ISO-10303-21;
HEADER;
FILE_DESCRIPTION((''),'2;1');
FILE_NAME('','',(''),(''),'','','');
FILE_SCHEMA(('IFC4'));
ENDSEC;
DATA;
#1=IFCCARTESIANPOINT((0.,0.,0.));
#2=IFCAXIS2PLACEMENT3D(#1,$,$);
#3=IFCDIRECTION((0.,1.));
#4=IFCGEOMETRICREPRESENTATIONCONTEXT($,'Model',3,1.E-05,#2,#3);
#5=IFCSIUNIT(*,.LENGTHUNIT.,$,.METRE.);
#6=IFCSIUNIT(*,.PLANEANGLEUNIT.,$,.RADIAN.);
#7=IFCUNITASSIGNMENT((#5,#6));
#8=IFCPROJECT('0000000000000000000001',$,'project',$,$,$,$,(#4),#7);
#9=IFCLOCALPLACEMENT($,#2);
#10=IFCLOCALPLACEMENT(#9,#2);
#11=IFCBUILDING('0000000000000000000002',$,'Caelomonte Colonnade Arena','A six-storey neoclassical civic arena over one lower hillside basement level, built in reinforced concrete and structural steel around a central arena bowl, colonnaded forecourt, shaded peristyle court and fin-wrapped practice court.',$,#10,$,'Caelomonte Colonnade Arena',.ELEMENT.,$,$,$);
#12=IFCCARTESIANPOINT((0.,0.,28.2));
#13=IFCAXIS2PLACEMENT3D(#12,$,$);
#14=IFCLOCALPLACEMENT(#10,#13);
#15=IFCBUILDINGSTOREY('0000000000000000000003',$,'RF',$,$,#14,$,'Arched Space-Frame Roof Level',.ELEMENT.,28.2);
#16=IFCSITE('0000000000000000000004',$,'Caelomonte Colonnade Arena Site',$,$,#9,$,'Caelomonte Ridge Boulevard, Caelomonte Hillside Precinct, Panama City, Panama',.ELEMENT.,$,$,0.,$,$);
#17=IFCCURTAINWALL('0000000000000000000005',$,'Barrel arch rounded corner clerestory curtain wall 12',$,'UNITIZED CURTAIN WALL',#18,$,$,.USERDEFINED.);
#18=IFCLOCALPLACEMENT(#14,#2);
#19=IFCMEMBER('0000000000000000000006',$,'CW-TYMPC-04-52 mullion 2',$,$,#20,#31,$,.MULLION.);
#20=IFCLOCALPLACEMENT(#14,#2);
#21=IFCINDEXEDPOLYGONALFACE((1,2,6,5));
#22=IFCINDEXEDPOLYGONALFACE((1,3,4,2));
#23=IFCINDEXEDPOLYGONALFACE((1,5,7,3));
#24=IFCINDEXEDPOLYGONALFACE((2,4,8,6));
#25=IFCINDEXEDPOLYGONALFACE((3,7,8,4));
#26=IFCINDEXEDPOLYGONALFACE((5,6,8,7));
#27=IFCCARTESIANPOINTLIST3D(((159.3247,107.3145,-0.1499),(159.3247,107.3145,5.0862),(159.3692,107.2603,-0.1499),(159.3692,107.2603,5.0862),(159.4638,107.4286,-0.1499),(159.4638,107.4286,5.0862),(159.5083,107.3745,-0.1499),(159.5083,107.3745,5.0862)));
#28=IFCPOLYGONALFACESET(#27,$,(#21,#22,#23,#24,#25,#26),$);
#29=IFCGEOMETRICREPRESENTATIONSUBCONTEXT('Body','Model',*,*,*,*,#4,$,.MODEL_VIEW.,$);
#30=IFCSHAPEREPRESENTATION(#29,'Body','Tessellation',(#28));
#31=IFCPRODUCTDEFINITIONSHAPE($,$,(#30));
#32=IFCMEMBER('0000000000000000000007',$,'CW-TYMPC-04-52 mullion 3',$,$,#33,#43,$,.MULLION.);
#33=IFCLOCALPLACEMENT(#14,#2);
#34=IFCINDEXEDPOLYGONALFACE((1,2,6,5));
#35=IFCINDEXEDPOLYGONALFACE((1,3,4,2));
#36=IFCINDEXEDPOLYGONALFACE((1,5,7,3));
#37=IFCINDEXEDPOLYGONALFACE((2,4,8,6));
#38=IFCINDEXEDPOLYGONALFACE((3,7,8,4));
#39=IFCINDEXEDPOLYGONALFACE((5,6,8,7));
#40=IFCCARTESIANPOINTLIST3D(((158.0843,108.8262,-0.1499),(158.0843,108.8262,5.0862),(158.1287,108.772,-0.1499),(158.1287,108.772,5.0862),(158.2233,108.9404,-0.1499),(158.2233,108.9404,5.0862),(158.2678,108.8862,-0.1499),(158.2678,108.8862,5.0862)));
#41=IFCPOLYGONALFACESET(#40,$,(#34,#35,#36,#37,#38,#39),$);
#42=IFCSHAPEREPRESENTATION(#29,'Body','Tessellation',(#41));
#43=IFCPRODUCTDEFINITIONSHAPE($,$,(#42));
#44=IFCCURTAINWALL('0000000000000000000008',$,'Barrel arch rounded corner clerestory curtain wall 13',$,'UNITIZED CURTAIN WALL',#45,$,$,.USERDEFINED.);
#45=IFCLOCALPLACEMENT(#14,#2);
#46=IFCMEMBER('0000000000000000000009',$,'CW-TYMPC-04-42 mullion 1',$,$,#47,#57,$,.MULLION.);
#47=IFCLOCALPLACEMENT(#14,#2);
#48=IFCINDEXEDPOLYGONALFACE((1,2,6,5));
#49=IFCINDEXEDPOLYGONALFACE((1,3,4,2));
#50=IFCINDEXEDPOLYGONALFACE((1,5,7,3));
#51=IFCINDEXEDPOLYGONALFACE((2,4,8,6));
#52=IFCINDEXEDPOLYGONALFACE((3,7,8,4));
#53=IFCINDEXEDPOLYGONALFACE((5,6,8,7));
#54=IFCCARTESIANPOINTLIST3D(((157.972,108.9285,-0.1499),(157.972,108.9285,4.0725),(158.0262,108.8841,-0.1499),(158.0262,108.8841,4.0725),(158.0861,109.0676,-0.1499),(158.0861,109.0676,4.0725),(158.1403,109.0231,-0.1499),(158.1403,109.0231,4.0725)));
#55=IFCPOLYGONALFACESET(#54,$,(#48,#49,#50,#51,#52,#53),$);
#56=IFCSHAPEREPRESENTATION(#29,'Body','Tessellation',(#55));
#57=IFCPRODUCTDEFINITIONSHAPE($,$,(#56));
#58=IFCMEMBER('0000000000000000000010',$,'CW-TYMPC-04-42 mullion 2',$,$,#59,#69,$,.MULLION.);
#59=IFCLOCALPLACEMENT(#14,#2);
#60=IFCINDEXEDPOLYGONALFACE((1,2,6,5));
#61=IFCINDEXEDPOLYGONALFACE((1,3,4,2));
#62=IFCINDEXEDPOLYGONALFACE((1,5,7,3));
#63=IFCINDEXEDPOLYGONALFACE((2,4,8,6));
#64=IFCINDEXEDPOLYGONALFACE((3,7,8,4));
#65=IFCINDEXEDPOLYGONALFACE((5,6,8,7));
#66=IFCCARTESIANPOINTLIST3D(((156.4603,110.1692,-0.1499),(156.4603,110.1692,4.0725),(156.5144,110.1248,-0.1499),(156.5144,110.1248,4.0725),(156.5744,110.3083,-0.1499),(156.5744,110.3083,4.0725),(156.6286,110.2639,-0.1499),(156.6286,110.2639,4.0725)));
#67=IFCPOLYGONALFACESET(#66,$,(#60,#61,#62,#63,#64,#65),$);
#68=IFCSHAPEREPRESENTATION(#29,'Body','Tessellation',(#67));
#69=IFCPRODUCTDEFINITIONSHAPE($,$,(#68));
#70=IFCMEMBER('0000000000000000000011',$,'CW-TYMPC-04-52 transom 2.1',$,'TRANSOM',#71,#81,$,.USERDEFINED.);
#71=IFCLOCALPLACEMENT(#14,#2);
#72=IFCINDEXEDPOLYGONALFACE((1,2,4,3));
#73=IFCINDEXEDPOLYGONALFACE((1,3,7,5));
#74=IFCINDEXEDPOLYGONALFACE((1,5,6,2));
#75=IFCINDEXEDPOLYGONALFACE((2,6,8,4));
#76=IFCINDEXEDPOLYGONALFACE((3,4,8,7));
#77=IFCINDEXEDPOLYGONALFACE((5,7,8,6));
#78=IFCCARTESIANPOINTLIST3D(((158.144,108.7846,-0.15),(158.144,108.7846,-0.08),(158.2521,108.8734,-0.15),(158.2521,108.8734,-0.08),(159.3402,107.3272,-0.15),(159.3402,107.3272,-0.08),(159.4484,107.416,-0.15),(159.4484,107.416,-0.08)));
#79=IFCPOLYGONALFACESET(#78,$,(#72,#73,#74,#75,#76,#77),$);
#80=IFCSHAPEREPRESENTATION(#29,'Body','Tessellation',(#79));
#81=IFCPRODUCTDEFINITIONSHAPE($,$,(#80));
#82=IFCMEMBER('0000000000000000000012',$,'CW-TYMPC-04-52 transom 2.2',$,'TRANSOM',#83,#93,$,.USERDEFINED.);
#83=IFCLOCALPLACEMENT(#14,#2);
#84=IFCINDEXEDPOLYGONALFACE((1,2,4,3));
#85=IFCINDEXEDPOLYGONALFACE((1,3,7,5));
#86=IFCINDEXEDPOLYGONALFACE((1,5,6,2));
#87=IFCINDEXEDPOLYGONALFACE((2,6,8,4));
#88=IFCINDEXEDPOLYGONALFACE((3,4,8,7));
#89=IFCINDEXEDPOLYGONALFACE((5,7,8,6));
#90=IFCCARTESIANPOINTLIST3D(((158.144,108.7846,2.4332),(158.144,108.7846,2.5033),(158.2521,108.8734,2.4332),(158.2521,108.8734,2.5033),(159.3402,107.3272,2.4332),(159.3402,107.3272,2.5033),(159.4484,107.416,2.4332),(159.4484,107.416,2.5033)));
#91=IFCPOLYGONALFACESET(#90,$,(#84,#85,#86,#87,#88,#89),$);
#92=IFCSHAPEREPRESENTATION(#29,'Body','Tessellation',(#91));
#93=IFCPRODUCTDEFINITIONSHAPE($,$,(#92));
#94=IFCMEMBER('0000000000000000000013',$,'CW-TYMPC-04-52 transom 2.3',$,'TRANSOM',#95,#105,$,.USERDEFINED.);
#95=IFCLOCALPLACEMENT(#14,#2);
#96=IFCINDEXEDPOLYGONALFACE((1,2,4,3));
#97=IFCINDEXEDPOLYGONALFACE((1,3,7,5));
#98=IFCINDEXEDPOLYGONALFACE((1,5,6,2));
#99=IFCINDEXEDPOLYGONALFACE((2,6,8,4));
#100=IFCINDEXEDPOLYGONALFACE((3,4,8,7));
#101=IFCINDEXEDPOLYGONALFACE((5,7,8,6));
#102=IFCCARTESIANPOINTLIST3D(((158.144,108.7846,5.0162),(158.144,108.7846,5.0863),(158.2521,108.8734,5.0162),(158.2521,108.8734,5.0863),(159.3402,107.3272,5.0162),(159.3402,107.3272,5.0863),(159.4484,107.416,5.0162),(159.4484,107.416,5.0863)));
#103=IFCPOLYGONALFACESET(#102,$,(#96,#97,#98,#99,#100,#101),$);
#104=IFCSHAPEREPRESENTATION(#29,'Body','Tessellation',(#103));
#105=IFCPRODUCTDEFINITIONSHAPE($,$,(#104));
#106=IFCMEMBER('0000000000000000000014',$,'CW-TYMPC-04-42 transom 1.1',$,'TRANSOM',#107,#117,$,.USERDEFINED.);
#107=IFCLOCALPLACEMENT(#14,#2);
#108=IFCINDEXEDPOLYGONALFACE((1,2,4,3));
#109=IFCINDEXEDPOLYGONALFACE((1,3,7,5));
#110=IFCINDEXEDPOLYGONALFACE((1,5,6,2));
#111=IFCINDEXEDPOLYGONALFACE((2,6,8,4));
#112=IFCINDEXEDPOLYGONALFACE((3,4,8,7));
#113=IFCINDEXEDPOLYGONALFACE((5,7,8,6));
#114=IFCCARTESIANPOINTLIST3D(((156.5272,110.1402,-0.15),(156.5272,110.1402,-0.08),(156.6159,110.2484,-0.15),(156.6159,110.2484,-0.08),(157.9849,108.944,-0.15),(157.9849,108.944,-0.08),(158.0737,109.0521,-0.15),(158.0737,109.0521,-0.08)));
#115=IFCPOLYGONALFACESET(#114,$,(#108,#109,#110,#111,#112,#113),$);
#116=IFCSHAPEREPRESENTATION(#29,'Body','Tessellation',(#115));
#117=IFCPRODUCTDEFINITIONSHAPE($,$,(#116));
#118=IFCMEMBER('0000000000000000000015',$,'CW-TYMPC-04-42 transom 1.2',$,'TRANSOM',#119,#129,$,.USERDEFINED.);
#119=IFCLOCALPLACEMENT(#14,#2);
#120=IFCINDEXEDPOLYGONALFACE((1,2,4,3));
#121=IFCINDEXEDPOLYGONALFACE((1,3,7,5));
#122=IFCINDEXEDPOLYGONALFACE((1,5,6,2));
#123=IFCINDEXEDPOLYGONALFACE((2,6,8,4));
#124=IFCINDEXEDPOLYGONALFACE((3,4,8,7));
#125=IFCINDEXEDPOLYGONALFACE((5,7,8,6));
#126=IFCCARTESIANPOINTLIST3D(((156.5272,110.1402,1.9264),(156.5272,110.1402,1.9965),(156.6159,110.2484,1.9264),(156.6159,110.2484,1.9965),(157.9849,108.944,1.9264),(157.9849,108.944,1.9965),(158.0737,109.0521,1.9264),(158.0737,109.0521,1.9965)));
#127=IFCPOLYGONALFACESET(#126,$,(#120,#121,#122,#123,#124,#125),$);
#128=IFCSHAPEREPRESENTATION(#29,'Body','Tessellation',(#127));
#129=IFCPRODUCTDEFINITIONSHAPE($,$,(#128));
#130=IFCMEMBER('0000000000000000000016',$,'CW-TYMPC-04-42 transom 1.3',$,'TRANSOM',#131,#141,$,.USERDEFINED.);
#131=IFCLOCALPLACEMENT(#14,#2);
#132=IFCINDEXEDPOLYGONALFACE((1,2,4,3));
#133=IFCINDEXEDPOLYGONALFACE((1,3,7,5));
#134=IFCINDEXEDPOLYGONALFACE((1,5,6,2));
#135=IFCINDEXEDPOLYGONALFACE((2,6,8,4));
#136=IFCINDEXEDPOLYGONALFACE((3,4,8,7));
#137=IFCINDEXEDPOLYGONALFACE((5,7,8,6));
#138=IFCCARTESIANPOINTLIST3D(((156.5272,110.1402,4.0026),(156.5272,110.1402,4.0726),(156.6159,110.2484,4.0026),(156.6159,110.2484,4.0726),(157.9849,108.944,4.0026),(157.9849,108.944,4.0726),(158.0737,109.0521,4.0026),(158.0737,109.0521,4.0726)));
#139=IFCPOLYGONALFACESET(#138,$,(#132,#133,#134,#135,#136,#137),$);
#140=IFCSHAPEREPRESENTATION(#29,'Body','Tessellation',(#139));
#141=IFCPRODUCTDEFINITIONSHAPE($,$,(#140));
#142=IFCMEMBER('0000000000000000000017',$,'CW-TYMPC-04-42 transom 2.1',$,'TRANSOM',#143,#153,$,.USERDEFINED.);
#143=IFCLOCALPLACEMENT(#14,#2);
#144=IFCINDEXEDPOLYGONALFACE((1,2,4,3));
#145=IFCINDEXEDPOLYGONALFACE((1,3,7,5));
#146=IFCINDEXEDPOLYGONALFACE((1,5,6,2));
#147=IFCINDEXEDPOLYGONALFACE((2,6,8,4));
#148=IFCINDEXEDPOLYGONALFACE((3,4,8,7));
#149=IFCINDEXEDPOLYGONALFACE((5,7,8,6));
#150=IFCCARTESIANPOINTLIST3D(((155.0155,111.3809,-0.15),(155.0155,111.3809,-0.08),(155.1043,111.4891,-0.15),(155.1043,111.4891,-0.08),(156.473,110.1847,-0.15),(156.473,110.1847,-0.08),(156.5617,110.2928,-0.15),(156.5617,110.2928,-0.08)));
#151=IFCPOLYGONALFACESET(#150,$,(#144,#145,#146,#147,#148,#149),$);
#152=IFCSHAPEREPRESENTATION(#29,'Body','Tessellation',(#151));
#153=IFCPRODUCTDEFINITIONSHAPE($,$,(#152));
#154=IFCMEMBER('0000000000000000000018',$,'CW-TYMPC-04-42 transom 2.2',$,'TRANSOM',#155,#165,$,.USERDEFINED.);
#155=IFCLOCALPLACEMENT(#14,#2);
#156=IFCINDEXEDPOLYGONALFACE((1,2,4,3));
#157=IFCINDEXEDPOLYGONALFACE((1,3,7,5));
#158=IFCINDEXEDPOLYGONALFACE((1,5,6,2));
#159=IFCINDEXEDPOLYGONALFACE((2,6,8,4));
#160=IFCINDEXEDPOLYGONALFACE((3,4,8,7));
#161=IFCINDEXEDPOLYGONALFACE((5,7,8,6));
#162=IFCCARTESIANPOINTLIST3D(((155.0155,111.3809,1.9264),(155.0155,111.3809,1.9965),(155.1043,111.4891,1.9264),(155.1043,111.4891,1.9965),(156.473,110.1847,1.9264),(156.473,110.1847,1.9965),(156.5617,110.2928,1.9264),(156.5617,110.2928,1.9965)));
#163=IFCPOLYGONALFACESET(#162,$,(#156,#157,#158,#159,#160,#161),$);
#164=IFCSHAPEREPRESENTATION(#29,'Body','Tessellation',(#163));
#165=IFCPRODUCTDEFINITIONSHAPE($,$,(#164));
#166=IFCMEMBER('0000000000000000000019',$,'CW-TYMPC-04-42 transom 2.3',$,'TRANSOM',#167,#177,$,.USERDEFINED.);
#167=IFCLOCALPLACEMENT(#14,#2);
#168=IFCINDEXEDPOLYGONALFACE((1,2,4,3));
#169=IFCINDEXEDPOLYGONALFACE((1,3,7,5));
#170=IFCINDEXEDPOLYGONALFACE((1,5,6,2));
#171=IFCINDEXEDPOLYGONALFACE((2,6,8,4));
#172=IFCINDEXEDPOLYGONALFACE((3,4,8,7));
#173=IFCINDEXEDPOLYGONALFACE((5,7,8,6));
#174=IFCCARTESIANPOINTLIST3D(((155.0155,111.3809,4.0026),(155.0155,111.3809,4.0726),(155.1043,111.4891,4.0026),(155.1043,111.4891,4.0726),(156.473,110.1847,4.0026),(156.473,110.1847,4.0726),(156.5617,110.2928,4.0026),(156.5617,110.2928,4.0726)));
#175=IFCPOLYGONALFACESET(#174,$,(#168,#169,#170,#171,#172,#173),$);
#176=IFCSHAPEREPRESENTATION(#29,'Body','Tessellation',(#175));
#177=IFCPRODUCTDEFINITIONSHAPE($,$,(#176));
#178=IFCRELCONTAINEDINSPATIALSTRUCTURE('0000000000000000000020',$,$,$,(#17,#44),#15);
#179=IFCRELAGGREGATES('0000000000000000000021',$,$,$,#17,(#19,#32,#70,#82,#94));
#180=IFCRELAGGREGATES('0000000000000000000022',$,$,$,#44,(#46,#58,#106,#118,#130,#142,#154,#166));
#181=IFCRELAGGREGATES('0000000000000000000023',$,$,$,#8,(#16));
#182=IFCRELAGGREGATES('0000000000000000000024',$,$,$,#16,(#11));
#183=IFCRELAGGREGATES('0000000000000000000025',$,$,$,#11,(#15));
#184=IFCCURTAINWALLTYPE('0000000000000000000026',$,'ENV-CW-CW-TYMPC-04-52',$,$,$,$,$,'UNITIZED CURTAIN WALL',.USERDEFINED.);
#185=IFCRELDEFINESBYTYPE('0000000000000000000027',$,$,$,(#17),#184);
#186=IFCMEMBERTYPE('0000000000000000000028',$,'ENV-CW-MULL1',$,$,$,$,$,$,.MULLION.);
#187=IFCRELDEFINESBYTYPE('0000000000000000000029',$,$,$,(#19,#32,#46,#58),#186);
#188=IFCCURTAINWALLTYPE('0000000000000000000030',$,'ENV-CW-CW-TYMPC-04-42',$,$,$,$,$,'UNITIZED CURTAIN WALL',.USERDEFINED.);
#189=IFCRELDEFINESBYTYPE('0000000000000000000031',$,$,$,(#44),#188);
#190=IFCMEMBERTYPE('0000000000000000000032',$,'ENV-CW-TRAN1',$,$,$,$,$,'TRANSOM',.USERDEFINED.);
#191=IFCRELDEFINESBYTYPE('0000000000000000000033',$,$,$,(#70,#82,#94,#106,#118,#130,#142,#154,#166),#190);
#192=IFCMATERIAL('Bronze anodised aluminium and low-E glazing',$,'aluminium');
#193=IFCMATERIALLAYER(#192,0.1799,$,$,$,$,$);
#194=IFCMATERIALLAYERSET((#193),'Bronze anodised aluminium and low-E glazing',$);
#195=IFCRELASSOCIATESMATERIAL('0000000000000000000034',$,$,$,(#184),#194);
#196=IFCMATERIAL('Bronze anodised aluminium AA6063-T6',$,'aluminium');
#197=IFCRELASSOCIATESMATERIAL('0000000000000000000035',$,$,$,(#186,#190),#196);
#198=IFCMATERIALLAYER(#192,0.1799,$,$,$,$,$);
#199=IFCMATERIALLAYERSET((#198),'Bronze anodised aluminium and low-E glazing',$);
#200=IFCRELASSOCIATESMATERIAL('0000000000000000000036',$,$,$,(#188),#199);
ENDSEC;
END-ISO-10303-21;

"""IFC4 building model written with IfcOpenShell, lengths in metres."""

from ifc_helpers import new_model, si_unit, direction, frame, origin, origin_2d, place, context, subcontext, project, spatial, rectangle, extrude, material, layer, layer_set, material_profile, profile_set, type_object, element, aggregate, save


model = new_model("IFC4")

# Units and contexts
model_context = context("Model", 3, precision=1e-05, world=origin(), true_north=direction((0.0, 1.0)))
body_context = subcontext(model_context, "Body", "Model", "MODEL_VIEW")
ifc_project = project(units=[si_unit("LENGTHUNIT", "METRE"), si_unit("PLANEANGLEUNIT", "RADIAN")], contexts=[model_context])

# Site, building, storey
site_placement = place(None, origin())
site = spatial("IfcSite", under=ifc_project, at=site_placement, Name="Caelomonte Colonnade Arena Site", LongName="Caelomonte Ridge Boulevard, Caelomonte Hillside Precinct, Panama City, Panama", CompositionType="ELEMENT", RefElevation=0.0)
building_placement = place(site_placement, origin())
building = spatial("IfcBuilding", under=site, at=building_placement, Name="Caelomonte Colonnade Arena", Description="A six-storey neoclassical civic arena over one lower hillside basement level, built in reinforced concrete and structural steel around a central arena bowl, colonnaded forecourt, shaded peristyle court and fin-wrapped practice court.", LongName="Caelomonte Colonnade Arena", CompositionType="ELEMENT")
storey_placement = place(building_placement, frame((0.0, 0.0, 28.2)))
storey = spatial("IfcBuildingStorey", under=building, at=storey_placement, Name="RF", LongName="Arched Space-Frame Roof Level", CompositionType="ELEMENT", Elevation=28.2)

# Curtain walls, members
ifc_material_1 = material(Name="Bronze anodised aluminium and low-E glazing", Category="aluminium")
ifc_layer_1 = layer(ifc_material_1, 0.1799)
ifc_layer_set_1 = layer_set([ifc_layer_1], Name="Bronze anodised aluminium and low-E glazing")
curtain_wall_type_1 = type_object("IfcCurtainWallType", Name="ENV-CW-CW-TYMPC-04-52", ElementType="UNITIZED CURTAIN WALL", PredefinedType="USERDEFINED", material=ifc_layer_set_1)
curtain_wall_1_placement = place(storey_placement, origin())
curtain_wall_1 = element("IfcCurtainWall", 1, at=curtain_wall_1_placement, inside=storey, type_object=curtain_wall_type_1, Name="Barrel arch rounded corner clerestory curtain wall 12", ObjectType="UNITIZED CURTAIN WALL", PredefinedType="USERDEFINED")
ifc_material_2 = material(Name="Bronze anodised aluminium AA6063-T6", Category="aluminium")
ifc_material_profile_1 = material_profile(ifc_material_2, rectangle(XDim=0.0701, YDim=0.1799, at=origin_2d()), Name="CWM-70X180")
ifc_profile_set_1 = profile_set([ifc_material_profile_1], Name="Bronze anodised aluminium AA6063-T6")
member_type_1 = type_object("IfcMemberType", Name="ENV-CW-MULL1", PredefinedType="MULLION", material=ifc_profile_set_1)
member_1_placement = place(storey_placement, frame((159.4165, 107.3445, -0.1499), z_axis=(0.0, 0.0, 1.0), x_axis=(-0.634405, 0.773001, 0.0)))
member_1 = element("IfcMember", 2, at=member_1_placement, type_object=member_type_1, Name="CW-TYMPC-04-52 mullion 2", PredefinedType="MULLION", context=body_context, shape_type="SweptSolid", body=[
    extrude(rectangle(XDim=0.0701, YDim=0.1799, at=origin_2d()), origin(), (0.0, 0.0, 1.0), 5.2361),
])
member_2_placement = place(storey_placement, frame((158.176, 108.8562, -0.1499), z_axis=(0.0, 0.0, 1.0), x_axis=(-0.634405, 0.773001, 0.0)))
member_2 = element("IfcMember", 3, at=member_2_placement, type_object=member_type_1, Name="CW-TYMPC-04-52 mullion 3", PredefinedType="MULLION", context=body_context, shape_type="SweptSolid", body=[
    extrude(rectangle(XDim=0.0701, YDim=0.1799, at=origin_2d()), origin(), (0.0, 0.0, 1.0), 5.2361),
])
ifc_layer_2 = layer(ifc_material_1, 0.1799)
ifc_layer_set_2 = layer_set([ifc_layer_2], Name="Bronze anodised aluminium and low-E glazing")
curtain_wall_type_2 = type_object("IfcCurtainWallType", Name="ENV-CW-CW-TYMPC-04-42", ElementType="UNITIZED CURTAIN WALL", PredefinedType="USERDEFINED", material=ifc_layer_set_2)
curtain_wall_2_placement = place(storey_placement, origin())
curtain_wall_2 = element("IfcCurtainWall", 4, at=curtain_wall_2_placement, inside=storey, type_object=curtain_wall_type_2, Name="Barrel arch rounded corner clerestory curtain wall 13", ObjectType="UNITIZED CURTAIN WALL", PredefinedType="USERDEFINED")
member_3_placement = place(storey_placement, frame((158.0562, 108.9758, -0.1499), z_axis=(0.0, 0.0, 1.0), x_axis=(-0.773001, 0.634405, 0.0)))
member_3 = element("IfcMember", 5, at=member_3_placement, type_object=member_type_1, Name="CW-TYMPC-04-42 mullion 1", PredefinedType="MULLION", context=body_context, shape_type="SweptSolid", body=[
    extrude(rectangle(XDim=0.0701, YDim=0.1799, at=origin_2d()), origin(), (0.0, 0.0, 1.0), 4.2224),
])
member_4_placement = place(storey_placement, frame((156.5444, 110.2166, -0.1499), z_axis=(0.0, 0.0, 1.0), x_axis=(-0.773001, 0.634405, 0.0)))
member_4 = element("IfcMember", 6, at=member_4_placement, type_object=member_type_1, Name="CW-TYMPC-04-42 mullion 2", PredefinedType="MULLION", context=body_context, shape_type="SweptSolid", body=[
    extrude(rectangle(XDim=0.0701, YDim=0.1799, at=origin_2d()), origin(), (0.0, 0.0, 1.0), 4.2224),
])

# Members
ifc_material_profile_2 = material_profile(ifc_material_2, rectangle(XDim=0.0701, YDim=0.1399, at=origin_2d()), Name="CWT-70X140")
ifc_profile_set_2 = profile_set([ifc_material_profile_2], Name="Bronze anodised aluminium AA6063-T6")
member_type_2 = type_object("IfcMemberType", Name="ENV-CW-TRAN1", ElementType="TRANSOM", PredefinedType="USERDEFINED", material=ifc_profile_set_2)
member_5_placement = place(storey_placement, frame((159.3943, 107.3716, -0.115), z_axis=(-0.634436, 0.772976, 0.0), x_axis=(0.0, 0.0, 1.0)))
member_5 = element("IfcMember", 7, at=member_5_placement, type_object=member_type_2, Name="CW-TYMPC-04-52 transom 2.1", ObjectType="TRANSOM", PredefinedType="USERDEFINED", context=body_context, shape_type="SweptSolid", body=[
    extrude(rectangle(XDim=0.0701, YDim=0.1399, at=origin_2d()), origin(), (0.0, 0.0, 1.0), 1.8855),
])
member_6_placement = place(storey_placement, frame((159.3943, 107.3716, 2.4683), z_axis=(-0.634436, 0.772976, 0.0), x_axis=(0.0, 0.0, 1.0)))
member_6 = element("IfcMember", 8, at=member_6_placement, type_object=member_type_2, Name="CW-TYMPC-04-52 transom 2.2", ObjectType="TRANSOM", PredefinedType="USERDEFINED", context=body_context, shape_type="SweptSolid", body=[
    extrude(rectangle(XDim=0.0701, YDim=0.1399, at=origin_2d()), origin(), (0.0, 0.0, 1.0), 1.8855),
])
member_7_placement = place(storey_placement, frame((159.3943, 107.3716, 5.0513), z_axis=(-0.634436, 0.772976, 0.0), x_axis=(0.0, 0.0, 1.0)))
member_7 = element("IfcMember", 9, at=member_7_placement, type_object=member_type_2, Name="CW-TYMPC-04-52 transom 2.3", ObjectType="TRANSOM", PredefinedType="USERDEFINED", context=body_context, shape_type="SweptSolid", body=[
    extrude(rectangle(XDim=0.0701, YDim=0.1399, at=origin_2d()), origin(), (0.0, 0.0, 1.0), 1.8855),
])
member_8_placement = place(storey_placement, frame((158.0293, 108.998, -0.115), z_axis=(-0.773028, 0.634372, 0.0), x_axis=(0.0, 0.0, 1.0)))
member_8 = element("IfcMember", 10, at=member_8_placement, type_object=member_type_2, Name="CW-TYMPC-04-42 transom 1.1", ObjectType="TRANSOM", PredefinedType="USERDEFINED", context=body_context, shape_type="SweptSolid", body=[
    extrude(rectangle(XDim=0.0701, YDim=0.1399, at=origin_2d()), origin(), (0.0, 0.0, 1.0), 1.8857),
])
member_9_placement = place(storey_placement, frame((158.0293, 108.998, 1.9614), z_axis=(-0.773028, 0.634372, 0.0), x_axis=(0.0, 0.0, 1.0)))
member_9 = element("IfcMember", 11, at=member_9_placement, type_object=member_type_2, Name="CW-TYMPC-04-42 transom 1.2", ObjectType="TRANSOM", PredefinedType="USERDEFINED", context=body_context, shape_type="SweptSolid", body=[
    extrude(rectangle(XDim=0.0701, YDim=0.1399, at=origin_2d()), origin(), (0.0, 0.0, 1.0), 1.8857),
])
member_10_placement = place(storey_placement, frame((158.0293, 108.998, 4.0376), z_axis=(-0.773028, 0.634372, 0.0), x_axis=(0.0, 0.0, 1.0)))
member_10 = element("IfcMember", 12, at=member_10_placement, type_object=member_type_2, Name="CW-TYMPC-04-42 transom 1.3", ObjectType="TRANSOM", PredefinedType="USERDEFINED", context=body_context, shape_type="SweptSolid", body=[
    extrude(rectangle(XDim=0.0701, YDim=0.1399, at=origin_2d()), origin(), (0.0, 0.0, 1.0), 1.8857),
])
member_11_placement = place(storey_placement, frame((156.5173, 110.2388, -0.115), z_axis=(-0.772976, 0.634436, 0.0), x_axis=(0.0, 0.0, 1.0)))
member_11 = element("IfcMember", 13, at=member_11_placement, type_object=member_type_2, Name="CW-TYMPC-04-42 transom 2.1", ObjectType="TRANSOM", PredefinedType="USERDEFINED", context=body_context, shape_type="SweptSolid", body=[
    extrude(rectangle(XDim=0.0701, YDim=0.1399, at=origin_2d()), origin(), (0.0, 0.0, 1.0), 1.8855),
])
member_12_placement = place(storey_placement, frame((156.5173, 110.2388, 1.9614), z_axis=(-0.772976, 0.634436, 0.0), x_axis=(0.0, 0.0, 1.0)))
member_12 = element("IfcMember", 14, at=member_12_placement, type_object=member_type_2, Name="CW-TYMPC-04-42 transom 2.2", ObjectType="TRANSOM", PredefinedType="USERDEFINED", context=body_context, shape_type="SweptSolid", body=[
    extrude(rectangle(XDim=0.0701, YDim=0.1399, at=origin_2d()), origin(), (0.0, 0.0, 1.0), 1.8855),
])
member_13_placement = place(storey_placement, frame((156.5173, 110.2388, 4.0376), z_axis=(-0.772976, 0.634436, 0.0), x_axis=(0.0, 0.0, 1.0)))
member_13 = element("IfcMember", 15, at=member_13_placement, type_object=member_type_2, Name="CW-TYMPC-04-42 transom 2.3", ObjectType="TRANSOM", PredefinedType="USERDEFINED", context=body_context, shape_type="SweptSolid", body=[
    extrude(rectangle(XDim=0.0701, YDim=0.1399, at=origin_2d()), origin(), (0.0, 0.0, 1.0), 1.8855),
])

aggregate(curtain_wall_1, [member_1, member_2, member_5, member_6, member_7])
aggregate(curtain_wall_2, [member_3, member_4, member_8, member_9, member_10, member_11, member_12, member_13])

save(model, "model.ifc")
